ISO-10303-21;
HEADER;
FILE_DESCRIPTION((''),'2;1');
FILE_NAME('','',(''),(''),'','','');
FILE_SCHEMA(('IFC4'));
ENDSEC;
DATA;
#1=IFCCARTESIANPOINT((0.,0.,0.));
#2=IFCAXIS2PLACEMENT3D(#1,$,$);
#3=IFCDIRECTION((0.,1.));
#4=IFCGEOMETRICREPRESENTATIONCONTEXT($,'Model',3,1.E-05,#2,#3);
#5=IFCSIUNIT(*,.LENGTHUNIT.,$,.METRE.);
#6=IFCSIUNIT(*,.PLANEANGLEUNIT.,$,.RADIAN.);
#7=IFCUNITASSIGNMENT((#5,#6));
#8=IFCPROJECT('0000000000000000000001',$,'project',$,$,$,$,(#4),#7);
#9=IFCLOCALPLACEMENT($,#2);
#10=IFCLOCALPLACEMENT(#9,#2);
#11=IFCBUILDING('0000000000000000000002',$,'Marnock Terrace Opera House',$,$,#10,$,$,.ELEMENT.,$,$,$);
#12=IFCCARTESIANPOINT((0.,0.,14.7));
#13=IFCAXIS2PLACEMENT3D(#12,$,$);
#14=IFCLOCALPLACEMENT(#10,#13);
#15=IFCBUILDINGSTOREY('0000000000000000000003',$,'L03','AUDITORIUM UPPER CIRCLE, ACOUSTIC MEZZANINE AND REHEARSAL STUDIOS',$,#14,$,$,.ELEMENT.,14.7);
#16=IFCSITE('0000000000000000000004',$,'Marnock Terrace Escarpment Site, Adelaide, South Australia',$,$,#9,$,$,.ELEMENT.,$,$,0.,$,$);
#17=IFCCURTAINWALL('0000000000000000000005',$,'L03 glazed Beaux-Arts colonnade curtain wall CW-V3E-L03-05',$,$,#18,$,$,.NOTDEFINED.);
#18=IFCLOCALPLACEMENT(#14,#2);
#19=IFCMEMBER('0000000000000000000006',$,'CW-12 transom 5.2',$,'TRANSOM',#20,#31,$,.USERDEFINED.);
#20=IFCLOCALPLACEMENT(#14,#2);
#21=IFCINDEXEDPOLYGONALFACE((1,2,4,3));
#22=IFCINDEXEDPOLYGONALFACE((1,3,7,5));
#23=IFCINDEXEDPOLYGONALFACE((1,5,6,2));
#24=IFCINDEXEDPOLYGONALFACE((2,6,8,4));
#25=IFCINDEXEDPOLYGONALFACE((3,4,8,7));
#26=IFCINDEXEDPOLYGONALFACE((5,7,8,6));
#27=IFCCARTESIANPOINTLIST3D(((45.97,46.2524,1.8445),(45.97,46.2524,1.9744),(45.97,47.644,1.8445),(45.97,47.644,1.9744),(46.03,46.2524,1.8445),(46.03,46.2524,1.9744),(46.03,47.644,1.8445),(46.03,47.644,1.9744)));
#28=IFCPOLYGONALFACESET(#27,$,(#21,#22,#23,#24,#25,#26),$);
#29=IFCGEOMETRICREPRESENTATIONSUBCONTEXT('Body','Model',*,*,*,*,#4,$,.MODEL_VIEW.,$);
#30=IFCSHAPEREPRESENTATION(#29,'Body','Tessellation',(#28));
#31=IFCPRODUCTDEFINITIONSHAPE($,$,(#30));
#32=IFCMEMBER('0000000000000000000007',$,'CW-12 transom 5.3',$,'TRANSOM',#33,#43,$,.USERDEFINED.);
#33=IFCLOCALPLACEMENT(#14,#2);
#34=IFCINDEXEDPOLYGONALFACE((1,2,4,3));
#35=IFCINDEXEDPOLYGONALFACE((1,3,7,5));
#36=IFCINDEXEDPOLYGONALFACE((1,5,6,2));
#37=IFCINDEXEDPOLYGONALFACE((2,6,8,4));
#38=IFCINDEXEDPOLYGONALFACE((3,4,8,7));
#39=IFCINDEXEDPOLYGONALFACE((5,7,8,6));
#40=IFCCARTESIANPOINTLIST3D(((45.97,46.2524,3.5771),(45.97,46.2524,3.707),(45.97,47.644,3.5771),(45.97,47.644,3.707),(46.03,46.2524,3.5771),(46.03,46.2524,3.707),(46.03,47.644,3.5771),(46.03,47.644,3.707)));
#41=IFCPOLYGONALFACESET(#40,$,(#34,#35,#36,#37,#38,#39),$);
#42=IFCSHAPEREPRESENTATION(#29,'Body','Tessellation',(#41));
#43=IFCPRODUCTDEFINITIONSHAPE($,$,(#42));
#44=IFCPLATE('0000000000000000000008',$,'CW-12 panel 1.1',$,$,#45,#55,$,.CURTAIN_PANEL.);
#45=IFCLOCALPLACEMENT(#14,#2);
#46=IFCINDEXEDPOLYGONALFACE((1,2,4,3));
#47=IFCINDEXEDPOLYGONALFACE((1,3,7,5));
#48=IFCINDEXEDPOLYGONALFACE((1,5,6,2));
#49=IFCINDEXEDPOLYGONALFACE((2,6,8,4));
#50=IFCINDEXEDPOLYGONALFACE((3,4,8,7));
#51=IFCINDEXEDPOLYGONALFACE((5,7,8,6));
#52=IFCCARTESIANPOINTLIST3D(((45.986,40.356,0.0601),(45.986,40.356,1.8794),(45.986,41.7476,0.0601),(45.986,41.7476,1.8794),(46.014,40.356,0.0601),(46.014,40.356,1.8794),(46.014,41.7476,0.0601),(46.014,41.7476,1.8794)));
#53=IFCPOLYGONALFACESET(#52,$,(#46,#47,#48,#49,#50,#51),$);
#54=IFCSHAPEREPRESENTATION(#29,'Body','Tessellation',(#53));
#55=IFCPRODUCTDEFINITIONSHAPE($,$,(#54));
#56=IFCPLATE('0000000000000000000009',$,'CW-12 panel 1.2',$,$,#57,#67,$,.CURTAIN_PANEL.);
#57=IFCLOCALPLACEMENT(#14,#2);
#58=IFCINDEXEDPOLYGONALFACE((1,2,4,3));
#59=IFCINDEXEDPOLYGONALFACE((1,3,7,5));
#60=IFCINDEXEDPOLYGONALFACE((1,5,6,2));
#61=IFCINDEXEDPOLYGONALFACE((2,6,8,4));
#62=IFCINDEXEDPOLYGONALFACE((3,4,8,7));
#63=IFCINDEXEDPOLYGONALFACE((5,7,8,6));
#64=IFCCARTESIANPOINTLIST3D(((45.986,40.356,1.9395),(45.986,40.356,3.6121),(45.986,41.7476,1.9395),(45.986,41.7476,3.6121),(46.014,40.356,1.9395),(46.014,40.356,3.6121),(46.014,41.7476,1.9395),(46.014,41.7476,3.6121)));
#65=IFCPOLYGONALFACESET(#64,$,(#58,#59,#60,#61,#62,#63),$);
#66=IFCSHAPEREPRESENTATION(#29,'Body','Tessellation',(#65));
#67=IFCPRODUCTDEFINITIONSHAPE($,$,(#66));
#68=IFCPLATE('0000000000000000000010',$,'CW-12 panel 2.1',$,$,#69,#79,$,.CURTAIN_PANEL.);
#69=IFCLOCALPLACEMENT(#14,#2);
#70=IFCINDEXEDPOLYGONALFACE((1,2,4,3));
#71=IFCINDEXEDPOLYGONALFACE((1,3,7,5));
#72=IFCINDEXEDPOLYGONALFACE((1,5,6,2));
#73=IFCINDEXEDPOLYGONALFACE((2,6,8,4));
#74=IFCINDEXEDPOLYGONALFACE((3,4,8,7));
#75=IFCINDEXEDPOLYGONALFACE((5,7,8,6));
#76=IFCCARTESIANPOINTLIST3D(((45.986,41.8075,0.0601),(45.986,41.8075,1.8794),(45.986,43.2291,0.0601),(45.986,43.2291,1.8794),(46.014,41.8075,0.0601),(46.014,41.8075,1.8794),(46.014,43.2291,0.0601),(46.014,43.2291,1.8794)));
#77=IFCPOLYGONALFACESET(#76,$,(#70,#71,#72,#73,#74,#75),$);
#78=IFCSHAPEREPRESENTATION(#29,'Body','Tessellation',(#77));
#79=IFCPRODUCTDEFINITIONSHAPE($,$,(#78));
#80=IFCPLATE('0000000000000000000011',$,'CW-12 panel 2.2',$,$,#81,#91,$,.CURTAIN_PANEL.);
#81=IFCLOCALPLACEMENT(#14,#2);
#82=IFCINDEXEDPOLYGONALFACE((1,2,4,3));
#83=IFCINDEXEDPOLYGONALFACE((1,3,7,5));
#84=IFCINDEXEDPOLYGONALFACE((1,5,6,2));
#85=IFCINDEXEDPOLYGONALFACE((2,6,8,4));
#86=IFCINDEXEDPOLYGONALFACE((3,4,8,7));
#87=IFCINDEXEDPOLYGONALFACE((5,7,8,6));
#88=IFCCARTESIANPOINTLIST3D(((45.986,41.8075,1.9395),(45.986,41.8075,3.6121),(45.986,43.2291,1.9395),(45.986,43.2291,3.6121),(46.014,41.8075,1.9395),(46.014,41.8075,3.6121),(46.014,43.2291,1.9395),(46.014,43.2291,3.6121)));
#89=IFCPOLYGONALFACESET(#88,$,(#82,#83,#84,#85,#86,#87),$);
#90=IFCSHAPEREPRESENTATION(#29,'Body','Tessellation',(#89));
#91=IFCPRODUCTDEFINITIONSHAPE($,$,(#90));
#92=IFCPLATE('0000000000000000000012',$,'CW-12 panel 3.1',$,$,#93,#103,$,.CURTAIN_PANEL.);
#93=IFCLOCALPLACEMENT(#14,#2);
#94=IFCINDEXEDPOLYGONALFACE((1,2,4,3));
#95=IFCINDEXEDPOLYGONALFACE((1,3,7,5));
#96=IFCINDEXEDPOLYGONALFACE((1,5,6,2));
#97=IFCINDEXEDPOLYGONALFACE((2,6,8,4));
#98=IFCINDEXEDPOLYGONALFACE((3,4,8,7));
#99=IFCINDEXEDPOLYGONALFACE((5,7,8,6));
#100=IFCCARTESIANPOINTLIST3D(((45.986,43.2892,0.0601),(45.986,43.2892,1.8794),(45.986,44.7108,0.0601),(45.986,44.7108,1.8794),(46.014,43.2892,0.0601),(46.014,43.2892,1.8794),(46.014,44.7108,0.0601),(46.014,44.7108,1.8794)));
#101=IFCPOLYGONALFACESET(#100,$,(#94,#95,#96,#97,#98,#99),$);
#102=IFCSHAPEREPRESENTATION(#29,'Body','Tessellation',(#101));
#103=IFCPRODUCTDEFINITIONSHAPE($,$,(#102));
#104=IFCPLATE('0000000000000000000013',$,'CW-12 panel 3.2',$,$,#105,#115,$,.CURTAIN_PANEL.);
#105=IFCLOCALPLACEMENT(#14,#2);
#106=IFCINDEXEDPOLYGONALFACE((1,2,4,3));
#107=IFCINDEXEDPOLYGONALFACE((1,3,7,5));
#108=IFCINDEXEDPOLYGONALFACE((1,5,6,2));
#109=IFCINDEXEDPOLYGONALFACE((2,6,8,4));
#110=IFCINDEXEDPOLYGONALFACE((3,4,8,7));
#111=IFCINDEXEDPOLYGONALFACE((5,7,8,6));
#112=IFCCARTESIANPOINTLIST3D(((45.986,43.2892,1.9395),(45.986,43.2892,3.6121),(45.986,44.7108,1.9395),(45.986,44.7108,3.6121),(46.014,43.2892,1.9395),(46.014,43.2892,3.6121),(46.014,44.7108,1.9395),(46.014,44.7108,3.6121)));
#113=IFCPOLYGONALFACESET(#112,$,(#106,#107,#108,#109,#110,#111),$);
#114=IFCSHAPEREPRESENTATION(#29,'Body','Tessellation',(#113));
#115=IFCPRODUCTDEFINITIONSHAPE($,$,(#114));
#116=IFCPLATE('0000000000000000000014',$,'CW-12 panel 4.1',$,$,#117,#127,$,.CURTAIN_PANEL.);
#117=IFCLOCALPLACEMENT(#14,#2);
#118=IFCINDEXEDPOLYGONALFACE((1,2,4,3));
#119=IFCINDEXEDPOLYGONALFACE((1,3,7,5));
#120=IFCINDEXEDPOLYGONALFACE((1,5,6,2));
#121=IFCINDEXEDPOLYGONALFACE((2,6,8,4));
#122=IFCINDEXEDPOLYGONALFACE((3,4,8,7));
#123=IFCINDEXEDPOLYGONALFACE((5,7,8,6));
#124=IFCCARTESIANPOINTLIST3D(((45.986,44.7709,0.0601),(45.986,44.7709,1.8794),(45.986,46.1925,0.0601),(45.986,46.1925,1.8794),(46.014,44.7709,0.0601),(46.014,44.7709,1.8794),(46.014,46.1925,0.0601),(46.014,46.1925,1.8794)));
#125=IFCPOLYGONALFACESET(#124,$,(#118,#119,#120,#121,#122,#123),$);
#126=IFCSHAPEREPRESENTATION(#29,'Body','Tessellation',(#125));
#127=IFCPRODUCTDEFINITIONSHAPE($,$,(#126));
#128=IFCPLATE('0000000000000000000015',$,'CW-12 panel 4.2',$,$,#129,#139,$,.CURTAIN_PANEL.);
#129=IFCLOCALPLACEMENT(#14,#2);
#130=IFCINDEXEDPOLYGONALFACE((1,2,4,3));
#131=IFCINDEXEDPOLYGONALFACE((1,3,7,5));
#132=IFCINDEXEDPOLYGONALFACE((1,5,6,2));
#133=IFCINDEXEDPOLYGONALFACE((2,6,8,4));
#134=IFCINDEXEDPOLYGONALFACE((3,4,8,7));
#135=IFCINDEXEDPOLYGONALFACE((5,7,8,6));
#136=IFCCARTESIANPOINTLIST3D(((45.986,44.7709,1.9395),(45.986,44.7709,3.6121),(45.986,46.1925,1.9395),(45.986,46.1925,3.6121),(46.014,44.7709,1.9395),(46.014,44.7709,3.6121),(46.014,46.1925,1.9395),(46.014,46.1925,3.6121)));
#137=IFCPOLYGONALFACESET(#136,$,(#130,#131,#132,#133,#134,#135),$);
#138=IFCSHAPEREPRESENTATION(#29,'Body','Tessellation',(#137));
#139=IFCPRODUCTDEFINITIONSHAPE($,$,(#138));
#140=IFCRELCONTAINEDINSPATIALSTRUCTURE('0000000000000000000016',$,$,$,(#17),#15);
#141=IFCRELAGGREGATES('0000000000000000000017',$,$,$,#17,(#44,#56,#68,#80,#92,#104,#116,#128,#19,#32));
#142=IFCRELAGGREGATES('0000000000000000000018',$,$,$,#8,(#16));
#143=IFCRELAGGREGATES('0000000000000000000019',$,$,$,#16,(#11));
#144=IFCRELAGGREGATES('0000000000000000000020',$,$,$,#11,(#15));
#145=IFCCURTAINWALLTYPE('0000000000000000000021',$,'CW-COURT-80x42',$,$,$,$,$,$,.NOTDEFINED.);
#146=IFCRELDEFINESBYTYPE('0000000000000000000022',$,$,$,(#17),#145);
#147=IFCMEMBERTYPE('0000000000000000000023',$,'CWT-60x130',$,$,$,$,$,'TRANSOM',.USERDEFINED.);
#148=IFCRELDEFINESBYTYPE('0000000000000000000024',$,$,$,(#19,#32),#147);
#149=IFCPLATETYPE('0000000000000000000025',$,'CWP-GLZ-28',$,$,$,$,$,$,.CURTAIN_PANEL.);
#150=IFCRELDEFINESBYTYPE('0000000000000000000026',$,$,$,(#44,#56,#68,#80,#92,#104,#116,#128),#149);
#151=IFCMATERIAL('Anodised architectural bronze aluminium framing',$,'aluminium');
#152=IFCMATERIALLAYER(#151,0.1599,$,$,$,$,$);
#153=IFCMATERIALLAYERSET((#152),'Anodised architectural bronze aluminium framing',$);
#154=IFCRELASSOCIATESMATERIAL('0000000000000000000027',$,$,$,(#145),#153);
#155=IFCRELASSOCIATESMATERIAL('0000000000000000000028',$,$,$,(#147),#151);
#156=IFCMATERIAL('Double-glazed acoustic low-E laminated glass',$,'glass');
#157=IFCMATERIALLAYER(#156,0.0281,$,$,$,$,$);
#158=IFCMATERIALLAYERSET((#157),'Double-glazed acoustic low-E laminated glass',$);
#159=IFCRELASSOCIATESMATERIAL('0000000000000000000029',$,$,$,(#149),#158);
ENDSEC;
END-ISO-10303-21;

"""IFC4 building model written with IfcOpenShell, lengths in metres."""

from ifc_helpers import new_model, si_unit, direction, frame, origin, origin_2d, place, context, subcontext, project, spatial, rectangle, extrude, material, layer, layer_set, material_profile, profile_set, type_object, element, aggregate, save


model = new_model("IFC4")

# Units and contexts
model_context = context("Model", 3, precision=1e-05, world=origin(), true_north=direction((0.0, 1.0)))
body_context = subcontext(model_context, "Body", "Model", "MODEL_VIEW")
ifc_project = project(units=[si_unit("LENGTHUNIT", "METRE"), si_unit("PLANEANGLEUNIT", "RADIAN")], contexts=[model_context])

# Site, building, storey
site_placement = place(None, origin())
site = spatial("IfcSite", under=ifc_project, at=site_placement, Name="Marnock Terrace Escarpment Site, Adelaide, South Australia", CompositionType="ELEMENT", RefElevation=0.0)
building_placement = place(site_placement, origin())
building = spatial("IfcBuilding", under=site, at=building_placement, Name="Marnock Terrace Opera House", CompositionType="ELEMENT")
storey_placement = place(building_placement, frame((0.0, 0.0, 14.7)))
storey = spatial("IfcBuildingStorey", under=building, at=storey_placement, Name="L03", Description="AUDITORIUM UPPER CIRCLE, ACOUSTIC MEZZANINE AND REHEARSAL STUDIOS", CompositionType="ELEMENT", Elevation=14.7)

# Shared definitions
ifc_material_1 = material(Name="Anodised architectural bronze aluminium framing", Category="aluminium")
ifc_layer_1 = layer(ifc_material_1, 0.1599)
ifc_layer_set_1 = layer_set([ifc_layer_1], Name="Anodised architectural bronze aluminium framing")
curtain_wall_type = type_object("IfcCurtainWallType", Name="CW-COURT-80x42", PredefinedType="NOTDEFINED", material=ifc_layer_set_1)

# Curtain wall, members, plates
curtain_wall_1_placement = place(storey_placement, origin())
curtain_wall_1 = element("IfcCurtainWall", 1, at=curtain_wall_1_placement, inside=storey, type_object=curtain_wall_type, Name="L03 glazed Beaux-Arts colonnade curtain wall CW-V3E-L03-05", PredefinedType="NOTDEFINED")
ifc_material_profile_1 = material_profile(ifc_material_1, rectangle(XDim=0.0601, YDim=0.1299, at=origin_2d()))
ifc_profile_set_1 = profile_set([ifc_material_profile_1], Name="Anodised architectural bronze aluminium framing")
member_type_1 = type_object("IfcMemberType", Name="CWT-60x130", ElementType="TRANSOM", PredefinedType="USERDEFINED", material=ifc_profile_set_1)
member_1_placement = place(storey_placement, frame((46.0, 46.2524, 1.9094), z_axis=(0.0, 1.0, 0.0), x_axis=(-1.0, 0.0, 0.0)))
member_1 = element("IfcMember", 2, at=member_1_placement, type_object=member_type_1, Name="CW-12 transom 5.2", ObjectType="TRANSOM", PredefinedType="USERDEFINED", context=body_context, shape_type="SweptSolid", body=[
    extrude(rectangle(XDim=0.0601, YDim=0.1299, at=origin_2d()), origin(), (0.0, 0.0, 1.0), 1.3916),
])
member_2_placement = place(storey_placement, frame((46.0, 46.2524, 3.6421), z_axis=(0.0, 1.0, 0.0), x_axis=(-1.0, 0.0, 0.0)))
member_2 = element("IfcMember", 3, at=member_2_placement, type_object=member_type_1, Name="CW-12 transom 5.3", ObjectType="TRANSOM", PredefinedType="USERDEFINED", context=body_context, shape_type="SweptSolid", body=[
    extrude(rectangle(XDim=0.0601, YDim=0.1299, at=origin_2d()), origin(), (0.0, 0.0, 1.0), 1.3916),
])
ifc_material_2 = material(Name="Double-glazed acoustic low-E laminated glass", Category="glass")
ifc_layer_2 = layer(ifc_material_2, 0.0281)
ifc_layer_set_2 = layer_set([ifc_layer_2], Name="Double-glazed acoustic low-E laminated glass")
plate_type = type_object("IfcPlateType", Name="CWP-GLZ-28", PredefinedType="CURTAIN_PANEL", material=ifc_layer_set_2)
plate_1_placement = place(storey_placement, frame((46.0, 41.0518, 0.0601), z_axis=(0.0, 0.0, 1.0), x_axis=(0.0, 1.0, 0.0)))
plate_1 = element("IfcPlate", 4, at=plate_1_placement, type_object=plate_type, Name="CW-12 panel 1.1", PredefinedType="CURTAIN_PANEL", context=body_context, shape_type="SweptSolid", body=[
    extrude(rectangle(XDim=1.3916, YDim=0.0281, at=origin_2d()), origin(), (0.0, 0.0, 1.0), 1.8193),
])
plate_2_placement = place(storey_placement, frame((46.0, 41.0518, 1.9395), z_axis=(0.0, 0.0, 1.0), x_axis=(0.0, 1.0, 0.0)))
plate_2 = element("IfcPlate", 5, at=plate_2_placement, type_object=plate_type, Name="CW-12 panel 1.2", PredefinedType="CURTAIN_PANEL", context=body_context, shape_type="SweptSolid", body=[
    extrude(rectangle(XDim=1.3916, YDim=0.0281, at=origin_2d()), origin(), (0.0, 0.0, 1.0), 1.6726),
])
plate_3_placement = place(storey_placement, frame((46.0, 42.5183, 0.0601), z_axis=(0.0, 0.0, 1.0), x_axis=(0.0, 1.0, 0.0)))
plate_3 = element("IfcPlate", 6, at=plate_3_placement, type_object=plate_type, Name="CW-12 panel 2.1", PredefinedType="CURTAIN_PANEL", context=body_context, shape_type="SweptSolid", body=[
    extrude(rectangle(XDim=1.4216, YDim=0.0281, at=origin_2d()), origin(), (0.0, 0.0, 1.0), 1.8193),
])
plate_4_placement = place(storey_placement, frame((46.0, 42.5183, 1.9395), z_axis=(0.0, 0.0, 1.0), x_axis=(0.0, 1.0, 0.0)))
plate_4 = element("IfcPlate", 7, at=plate_4_placement, type_object=plate_type, Name="CW-12 panel 2.2", PredefinedType="CURTAIN_PANEL", context=body_context, shape_type="SweptSolid", body=[
    extrude(rectangle(XDim=1.4216, YDim=0.0281, at=origin_2d()), origin(), (0.0, 0.0, 1.0), 1.6726),
])
plate_5_placement = place(storey_placement, frame((46.0, 44.0, 0.0601), z_axis=(0.0, 0.0, 1.0), x_axis=(0.0, 1.0, 0.0)))
plate_5 = element("IfcPlate", 8, at=plate_5_placement, type_object=plate_type, Name="CW-12 panel 3.1", PredefinedType="CURTAIN_PANEL", context=body_context, shape_type="SweptSolid", body=[
    extrude(rectangle(XDim=1.4216, YDim=0.0281, at=origin_2d()), origin(), (0.0, 0.0, 1.0), 1.8193),
])
plate_6_placement = place(storey_placement, frame((46.0, 44.0, 1.9395), z_axis=(0.0, 0.0, 1.0), x_axis=(0.0, 1.0, 0.0)))
plate_6 = element("IfcPlate", 9, at=plate_6_placement, type_object=plate_type, Name="CW-12 panel 3.2", PredefinedType="CURTAIN_PANEL", context=body_context, shape_type="SweptSolid", body=[
    extrude(rectangle(XDim=1.4216, YDim=0.0281, at=origin_2d()), origin(), (0.0, 0.0, 1.0), 1.6726),
])
plate_7_placement = place(storey_placement, frame((46.0, 45.4817, 0.0601), z_axis=(0.0, 0.0, 1.0), x_axis=(0.0, 1.0, 0.0)))
plate_7 = element("IfcPlate", 10, at=plate_7_placement, type_object=plate_type, Name="CW-12 panel 4.1", PredefinedType="CURTAIN_PANEL", context=body_context, shape_type="SweptSolid", body=[
    extrude(rectangle(XDim=1.4216, YDim=0.0281, at=origin_2d()), origin(), (0.0, 0.0, 1.0), 1.8193),
])
plate_8_placement = place(storey_placement, frame((46.0, 45.4817, 1.9395), z_axis=(0.0, 0.0, 1.0), x_axis=(0.0, 1.0, 0.0)))
plate_8 = element("IfcPlate", 11, at=plate_8_placement, type_object=plate_type, Name="CW-12 panel 4.2", PredefinedType="CURTAIN_PANEL", context=body_context, shape_type="SweptSolid", body=[
    extrude(rectangle(XDim=1.4216, YDim=0.0281, at=origin_2d()), origin(), (0.0, 0.0, 1.0), 1.6726),
])
aggregate(curtain_wall_1, [plate_1, plate_2, plate_3, plate_4, plate_5, plate_6, plate_7, plate_8, member_1, member_2])

save(model, "model.ifc")
